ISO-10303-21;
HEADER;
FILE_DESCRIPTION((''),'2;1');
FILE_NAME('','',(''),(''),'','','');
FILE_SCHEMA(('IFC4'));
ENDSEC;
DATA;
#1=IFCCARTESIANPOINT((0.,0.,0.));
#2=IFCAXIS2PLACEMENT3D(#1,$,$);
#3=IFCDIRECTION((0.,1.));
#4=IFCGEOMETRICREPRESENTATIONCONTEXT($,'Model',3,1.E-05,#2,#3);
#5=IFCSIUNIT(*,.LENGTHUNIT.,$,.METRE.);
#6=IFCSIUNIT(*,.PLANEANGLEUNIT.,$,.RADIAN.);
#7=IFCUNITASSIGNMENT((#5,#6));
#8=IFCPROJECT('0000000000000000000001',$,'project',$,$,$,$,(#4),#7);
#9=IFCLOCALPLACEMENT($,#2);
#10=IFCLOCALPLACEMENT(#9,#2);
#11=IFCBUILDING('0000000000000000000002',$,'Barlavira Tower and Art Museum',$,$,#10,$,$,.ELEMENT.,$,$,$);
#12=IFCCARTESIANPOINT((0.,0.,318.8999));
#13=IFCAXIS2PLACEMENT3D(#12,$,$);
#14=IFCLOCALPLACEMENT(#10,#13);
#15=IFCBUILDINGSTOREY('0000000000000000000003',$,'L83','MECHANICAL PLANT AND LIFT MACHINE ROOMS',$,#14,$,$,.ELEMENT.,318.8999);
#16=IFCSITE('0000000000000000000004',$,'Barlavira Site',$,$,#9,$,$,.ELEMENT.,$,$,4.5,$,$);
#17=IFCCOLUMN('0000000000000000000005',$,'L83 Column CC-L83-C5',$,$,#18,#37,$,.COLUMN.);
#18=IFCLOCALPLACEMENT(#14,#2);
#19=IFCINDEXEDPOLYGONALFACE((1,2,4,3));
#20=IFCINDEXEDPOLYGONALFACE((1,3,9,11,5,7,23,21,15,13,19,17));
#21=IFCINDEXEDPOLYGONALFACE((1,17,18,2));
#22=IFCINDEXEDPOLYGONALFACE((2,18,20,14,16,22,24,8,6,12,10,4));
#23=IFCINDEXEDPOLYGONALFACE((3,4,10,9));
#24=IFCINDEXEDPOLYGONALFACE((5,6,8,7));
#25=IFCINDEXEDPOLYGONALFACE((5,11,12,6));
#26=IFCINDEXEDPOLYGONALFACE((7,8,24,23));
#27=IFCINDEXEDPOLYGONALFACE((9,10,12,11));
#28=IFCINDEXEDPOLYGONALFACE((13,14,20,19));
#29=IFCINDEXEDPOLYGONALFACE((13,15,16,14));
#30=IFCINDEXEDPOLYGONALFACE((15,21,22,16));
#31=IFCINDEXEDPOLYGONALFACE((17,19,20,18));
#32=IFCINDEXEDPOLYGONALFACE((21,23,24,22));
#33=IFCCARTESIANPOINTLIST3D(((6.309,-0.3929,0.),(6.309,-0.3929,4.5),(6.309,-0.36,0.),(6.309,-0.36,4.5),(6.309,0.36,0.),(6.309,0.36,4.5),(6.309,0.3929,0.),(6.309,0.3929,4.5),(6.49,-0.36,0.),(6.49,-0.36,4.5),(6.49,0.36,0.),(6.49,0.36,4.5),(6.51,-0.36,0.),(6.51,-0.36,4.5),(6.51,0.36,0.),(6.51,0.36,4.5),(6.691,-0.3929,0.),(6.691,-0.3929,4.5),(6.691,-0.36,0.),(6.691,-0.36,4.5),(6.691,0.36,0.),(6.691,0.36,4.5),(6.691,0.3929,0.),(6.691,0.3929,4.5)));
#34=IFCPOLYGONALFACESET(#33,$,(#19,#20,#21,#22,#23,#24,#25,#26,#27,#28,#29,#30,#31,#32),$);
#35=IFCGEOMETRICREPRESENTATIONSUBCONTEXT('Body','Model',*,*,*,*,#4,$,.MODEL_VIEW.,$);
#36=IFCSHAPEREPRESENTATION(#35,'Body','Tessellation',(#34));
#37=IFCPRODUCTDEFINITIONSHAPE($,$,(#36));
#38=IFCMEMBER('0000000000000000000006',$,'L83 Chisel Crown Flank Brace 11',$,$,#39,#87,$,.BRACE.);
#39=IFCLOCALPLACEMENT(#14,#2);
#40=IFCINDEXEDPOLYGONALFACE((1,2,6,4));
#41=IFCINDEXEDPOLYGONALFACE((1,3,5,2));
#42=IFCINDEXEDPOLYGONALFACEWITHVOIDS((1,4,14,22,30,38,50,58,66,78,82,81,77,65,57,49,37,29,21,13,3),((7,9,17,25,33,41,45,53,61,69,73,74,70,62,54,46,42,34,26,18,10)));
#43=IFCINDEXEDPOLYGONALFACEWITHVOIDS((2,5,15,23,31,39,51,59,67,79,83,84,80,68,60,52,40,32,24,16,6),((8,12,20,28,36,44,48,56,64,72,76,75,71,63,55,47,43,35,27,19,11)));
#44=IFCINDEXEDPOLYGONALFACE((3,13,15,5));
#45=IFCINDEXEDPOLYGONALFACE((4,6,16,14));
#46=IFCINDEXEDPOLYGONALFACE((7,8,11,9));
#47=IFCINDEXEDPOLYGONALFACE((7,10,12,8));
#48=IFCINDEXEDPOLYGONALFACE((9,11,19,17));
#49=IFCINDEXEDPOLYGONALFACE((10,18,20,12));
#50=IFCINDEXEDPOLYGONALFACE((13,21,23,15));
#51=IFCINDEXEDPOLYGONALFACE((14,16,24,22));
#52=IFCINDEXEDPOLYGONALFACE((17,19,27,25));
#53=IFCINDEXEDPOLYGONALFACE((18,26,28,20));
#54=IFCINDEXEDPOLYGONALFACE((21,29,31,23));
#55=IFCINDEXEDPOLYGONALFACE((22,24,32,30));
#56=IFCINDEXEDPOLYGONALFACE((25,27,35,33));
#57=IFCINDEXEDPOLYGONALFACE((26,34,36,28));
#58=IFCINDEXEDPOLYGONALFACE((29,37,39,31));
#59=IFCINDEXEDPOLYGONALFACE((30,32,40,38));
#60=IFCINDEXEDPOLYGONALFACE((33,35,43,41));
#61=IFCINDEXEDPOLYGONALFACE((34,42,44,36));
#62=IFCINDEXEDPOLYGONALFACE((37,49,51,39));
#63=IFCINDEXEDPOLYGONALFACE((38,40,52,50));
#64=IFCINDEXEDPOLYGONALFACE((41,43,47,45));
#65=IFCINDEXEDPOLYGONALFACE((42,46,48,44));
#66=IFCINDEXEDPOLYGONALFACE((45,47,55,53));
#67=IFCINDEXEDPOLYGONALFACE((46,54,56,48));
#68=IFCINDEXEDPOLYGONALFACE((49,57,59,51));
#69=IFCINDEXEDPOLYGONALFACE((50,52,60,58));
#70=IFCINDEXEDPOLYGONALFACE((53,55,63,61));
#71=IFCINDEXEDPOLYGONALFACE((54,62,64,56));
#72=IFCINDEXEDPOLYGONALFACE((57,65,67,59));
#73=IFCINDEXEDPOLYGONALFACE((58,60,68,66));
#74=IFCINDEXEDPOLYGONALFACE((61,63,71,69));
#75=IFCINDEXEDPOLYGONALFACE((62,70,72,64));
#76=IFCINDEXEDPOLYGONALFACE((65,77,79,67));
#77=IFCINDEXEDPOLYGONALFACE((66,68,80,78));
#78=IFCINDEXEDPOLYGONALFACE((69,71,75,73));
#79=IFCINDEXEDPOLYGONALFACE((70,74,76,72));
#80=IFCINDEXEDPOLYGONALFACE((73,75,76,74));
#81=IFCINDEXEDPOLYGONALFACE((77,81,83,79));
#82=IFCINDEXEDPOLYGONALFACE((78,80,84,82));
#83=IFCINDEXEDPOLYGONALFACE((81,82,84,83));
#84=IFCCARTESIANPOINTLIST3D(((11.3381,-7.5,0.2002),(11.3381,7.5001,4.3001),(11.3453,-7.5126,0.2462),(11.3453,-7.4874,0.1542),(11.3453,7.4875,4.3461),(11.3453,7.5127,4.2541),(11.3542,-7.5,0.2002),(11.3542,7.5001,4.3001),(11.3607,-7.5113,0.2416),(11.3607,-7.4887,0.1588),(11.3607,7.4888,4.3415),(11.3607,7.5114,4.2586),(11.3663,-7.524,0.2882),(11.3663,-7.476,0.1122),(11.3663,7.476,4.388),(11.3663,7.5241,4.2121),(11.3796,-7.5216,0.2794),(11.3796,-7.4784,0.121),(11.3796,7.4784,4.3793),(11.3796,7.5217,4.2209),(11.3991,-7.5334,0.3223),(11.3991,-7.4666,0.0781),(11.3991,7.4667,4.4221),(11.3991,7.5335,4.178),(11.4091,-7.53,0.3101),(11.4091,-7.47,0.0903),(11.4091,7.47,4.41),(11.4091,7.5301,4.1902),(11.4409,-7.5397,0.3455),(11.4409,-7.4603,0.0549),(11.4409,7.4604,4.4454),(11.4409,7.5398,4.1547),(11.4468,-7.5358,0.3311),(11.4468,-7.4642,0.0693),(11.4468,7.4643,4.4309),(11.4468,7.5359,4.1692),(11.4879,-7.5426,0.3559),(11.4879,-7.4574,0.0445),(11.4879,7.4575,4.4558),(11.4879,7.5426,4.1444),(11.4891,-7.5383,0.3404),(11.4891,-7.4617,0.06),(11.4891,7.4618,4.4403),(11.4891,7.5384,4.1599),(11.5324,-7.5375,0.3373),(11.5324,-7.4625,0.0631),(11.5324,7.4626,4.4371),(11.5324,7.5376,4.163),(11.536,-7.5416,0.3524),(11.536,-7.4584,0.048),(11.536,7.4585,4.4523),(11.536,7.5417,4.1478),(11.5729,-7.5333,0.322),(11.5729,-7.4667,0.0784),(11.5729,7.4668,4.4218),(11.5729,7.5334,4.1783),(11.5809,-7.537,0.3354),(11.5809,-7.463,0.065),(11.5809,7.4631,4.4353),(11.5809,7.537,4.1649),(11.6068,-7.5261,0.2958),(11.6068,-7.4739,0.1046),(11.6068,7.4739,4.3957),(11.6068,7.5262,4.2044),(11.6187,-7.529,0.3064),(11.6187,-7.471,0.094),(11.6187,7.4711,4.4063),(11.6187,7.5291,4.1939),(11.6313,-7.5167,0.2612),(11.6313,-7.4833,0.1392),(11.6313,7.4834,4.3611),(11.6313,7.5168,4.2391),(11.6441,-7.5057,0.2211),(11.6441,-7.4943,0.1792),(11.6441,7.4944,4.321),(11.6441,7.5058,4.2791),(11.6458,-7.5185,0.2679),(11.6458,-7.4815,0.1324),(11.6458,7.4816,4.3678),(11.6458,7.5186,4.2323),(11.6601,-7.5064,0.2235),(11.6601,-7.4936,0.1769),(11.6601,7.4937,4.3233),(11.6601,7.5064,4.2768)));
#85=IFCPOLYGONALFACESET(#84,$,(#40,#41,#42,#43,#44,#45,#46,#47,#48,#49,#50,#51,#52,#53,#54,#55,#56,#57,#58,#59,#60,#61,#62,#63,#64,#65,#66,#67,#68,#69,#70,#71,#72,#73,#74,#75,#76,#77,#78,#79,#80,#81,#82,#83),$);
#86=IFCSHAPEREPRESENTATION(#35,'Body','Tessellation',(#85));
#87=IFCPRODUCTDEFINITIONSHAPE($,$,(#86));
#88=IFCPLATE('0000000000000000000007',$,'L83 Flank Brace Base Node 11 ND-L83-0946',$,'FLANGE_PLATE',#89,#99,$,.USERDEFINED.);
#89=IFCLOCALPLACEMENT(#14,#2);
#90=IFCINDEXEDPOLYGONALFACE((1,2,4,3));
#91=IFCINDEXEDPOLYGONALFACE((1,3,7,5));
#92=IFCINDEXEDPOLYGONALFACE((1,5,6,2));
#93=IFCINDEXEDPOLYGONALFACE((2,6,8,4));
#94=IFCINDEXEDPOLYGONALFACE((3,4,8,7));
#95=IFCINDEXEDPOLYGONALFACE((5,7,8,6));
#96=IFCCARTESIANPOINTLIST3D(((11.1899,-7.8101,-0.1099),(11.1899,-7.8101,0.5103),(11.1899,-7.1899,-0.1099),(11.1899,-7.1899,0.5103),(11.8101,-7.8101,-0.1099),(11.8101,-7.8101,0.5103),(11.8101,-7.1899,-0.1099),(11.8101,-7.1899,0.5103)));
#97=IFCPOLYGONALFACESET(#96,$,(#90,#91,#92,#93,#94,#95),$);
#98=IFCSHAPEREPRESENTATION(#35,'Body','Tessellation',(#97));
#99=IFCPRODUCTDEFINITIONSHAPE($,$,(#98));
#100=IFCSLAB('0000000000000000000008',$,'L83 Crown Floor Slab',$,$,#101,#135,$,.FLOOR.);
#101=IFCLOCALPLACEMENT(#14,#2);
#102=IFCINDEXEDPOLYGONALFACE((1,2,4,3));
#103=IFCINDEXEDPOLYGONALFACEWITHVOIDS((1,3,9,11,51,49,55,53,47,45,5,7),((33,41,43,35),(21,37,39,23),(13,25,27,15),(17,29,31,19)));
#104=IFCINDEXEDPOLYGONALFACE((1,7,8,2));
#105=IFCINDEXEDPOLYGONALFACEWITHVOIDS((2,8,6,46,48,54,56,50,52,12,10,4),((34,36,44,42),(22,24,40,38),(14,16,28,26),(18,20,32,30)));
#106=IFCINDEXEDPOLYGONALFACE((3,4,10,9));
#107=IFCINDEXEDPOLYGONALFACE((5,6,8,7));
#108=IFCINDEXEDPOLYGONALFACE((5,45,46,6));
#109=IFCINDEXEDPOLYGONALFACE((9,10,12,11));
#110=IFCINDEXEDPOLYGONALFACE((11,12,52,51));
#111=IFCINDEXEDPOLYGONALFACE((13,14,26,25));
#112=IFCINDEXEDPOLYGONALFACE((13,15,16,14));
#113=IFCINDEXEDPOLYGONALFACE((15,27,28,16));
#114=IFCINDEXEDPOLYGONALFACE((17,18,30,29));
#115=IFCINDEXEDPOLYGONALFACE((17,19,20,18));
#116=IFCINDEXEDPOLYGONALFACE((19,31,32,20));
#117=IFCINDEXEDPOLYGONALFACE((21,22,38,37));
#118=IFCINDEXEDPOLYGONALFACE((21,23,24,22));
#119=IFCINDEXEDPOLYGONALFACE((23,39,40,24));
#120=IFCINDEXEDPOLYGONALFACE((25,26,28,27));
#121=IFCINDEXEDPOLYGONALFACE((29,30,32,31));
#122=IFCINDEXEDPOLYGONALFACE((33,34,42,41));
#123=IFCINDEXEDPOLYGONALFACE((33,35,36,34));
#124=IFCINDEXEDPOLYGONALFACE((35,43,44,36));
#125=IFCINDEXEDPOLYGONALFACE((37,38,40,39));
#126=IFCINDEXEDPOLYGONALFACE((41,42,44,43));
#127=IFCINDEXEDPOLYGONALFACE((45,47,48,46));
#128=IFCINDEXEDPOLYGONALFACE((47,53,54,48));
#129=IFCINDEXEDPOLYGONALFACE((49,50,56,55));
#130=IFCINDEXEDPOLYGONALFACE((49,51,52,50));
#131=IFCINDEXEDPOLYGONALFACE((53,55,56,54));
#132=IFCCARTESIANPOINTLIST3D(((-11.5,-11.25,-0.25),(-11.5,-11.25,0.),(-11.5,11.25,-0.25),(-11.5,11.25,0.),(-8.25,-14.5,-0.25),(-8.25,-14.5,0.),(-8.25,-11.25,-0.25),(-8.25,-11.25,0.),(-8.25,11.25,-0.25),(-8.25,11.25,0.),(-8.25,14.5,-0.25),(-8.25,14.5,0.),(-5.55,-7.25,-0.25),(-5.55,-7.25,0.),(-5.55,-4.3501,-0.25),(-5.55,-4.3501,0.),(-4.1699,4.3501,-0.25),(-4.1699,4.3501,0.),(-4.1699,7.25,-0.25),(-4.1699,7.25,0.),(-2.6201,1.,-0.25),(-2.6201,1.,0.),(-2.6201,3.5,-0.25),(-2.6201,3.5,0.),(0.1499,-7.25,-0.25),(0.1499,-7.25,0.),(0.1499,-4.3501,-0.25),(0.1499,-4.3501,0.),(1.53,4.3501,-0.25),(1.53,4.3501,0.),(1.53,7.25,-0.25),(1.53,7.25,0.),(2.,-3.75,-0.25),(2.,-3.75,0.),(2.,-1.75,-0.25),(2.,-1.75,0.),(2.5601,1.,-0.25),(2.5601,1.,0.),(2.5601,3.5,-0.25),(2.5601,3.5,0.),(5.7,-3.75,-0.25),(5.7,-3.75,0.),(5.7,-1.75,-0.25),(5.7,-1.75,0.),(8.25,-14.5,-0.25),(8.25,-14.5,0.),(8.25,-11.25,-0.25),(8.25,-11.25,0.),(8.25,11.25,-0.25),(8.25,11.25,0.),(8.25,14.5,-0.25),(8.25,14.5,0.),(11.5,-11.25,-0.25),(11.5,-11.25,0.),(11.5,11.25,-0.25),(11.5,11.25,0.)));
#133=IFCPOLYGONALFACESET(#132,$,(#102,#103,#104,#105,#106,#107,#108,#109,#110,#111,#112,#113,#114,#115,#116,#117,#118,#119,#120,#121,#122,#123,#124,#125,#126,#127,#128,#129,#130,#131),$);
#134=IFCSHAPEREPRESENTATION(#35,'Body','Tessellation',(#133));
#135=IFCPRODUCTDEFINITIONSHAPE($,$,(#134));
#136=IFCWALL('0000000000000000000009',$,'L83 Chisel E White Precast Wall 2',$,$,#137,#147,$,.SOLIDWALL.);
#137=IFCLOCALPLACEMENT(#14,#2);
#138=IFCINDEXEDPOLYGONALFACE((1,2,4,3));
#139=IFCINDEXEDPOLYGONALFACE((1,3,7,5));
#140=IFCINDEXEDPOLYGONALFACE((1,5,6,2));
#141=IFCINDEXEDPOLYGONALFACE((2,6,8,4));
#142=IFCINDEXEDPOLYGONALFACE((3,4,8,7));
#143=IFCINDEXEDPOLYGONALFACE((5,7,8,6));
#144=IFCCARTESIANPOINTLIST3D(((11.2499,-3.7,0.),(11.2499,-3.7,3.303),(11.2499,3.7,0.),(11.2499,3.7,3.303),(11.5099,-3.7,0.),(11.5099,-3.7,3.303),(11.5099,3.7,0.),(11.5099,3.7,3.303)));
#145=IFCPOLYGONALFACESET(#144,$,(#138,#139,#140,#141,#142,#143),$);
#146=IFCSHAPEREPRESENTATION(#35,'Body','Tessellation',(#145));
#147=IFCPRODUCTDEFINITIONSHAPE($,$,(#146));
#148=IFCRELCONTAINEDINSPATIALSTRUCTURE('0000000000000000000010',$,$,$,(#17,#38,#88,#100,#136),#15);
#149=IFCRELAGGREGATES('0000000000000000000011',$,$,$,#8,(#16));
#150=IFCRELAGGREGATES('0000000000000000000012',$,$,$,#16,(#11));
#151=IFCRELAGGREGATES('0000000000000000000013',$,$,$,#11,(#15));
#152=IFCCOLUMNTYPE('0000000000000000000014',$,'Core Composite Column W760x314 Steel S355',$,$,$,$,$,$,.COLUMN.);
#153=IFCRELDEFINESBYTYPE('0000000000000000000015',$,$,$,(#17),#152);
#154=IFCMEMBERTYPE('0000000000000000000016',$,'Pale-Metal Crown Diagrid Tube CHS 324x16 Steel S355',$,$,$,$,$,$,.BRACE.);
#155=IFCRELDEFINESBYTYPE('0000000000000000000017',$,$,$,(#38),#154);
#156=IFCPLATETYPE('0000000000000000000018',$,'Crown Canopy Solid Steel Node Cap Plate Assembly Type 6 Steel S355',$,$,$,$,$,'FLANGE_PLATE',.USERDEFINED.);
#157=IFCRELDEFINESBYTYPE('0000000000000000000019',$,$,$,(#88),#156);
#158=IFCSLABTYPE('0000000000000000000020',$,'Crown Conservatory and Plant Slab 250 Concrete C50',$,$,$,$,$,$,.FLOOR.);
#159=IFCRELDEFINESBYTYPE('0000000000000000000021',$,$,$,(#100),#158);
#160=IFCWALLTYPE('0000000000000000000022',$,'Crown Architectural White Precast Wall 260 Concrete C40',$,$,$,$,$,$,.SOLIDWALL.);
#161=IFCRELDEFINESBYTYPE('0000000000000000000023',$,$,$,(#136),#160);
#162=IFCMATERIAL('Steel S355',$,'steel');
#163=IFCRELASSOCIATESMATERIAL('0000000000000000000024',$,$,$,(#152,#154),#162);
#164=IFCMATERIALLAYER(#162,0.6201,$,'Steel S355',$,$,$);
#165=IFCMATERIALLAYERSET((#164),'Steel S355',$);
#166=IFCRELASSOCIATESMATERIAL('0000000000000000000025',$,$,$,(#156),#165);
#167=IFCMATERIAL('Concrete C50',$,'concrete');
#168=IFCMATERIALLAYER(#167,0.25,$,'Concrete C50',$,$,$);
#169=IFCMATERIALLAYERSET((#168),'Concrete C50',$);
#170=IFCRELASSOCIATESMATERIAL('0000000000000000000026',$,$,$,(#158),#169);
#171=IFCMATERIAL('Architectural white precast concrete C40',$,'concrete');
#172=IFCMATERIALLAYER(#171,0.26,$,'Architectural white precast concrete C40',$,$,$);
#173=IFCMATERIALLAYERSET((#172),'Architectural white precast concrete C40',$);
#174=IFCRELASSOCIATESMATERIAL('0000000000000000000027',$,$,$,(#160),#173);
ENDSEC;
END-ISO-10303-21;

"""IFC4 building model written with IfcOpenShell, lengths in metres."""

from ifc_helpers import new_model, si_unit, direction, frame, frame_2d, origin, origin_2d, place, context, subcontext, project, spatial, polyline, rectangle, hollow_circle, i_section, outline, extrude, material, layer, layer_set, material_profile, profile_set, type_object, element, save


model = new_model("IFC4")

# Units and contexts
model_context = context("Model", 3, precision=1e-05, world=origin(), true_north=direction((0.0, 1.0)))
body_context = subcontext(model_context, "Body", "Model", "MODEL_VIEW")
ifc_project = project(units=[si_unit("LENGTHUNIT", "METRE"), si_unit("PLANEANGLEUNIT", "RADIAN")], contexts=[model_context])

# Site, building, storey
site_placement = place(None, origin())
site = spatial("IfcSite", under=ifc_project, at=site_placement, Name="Barlavira Site", CompositionType="ELEMENT", RefElevation=4.5)
building_placement = place(site_placement, origin())
building = spatial("IfcBuilding", under=site, at=building_placement, Name="Barlavira Tower and Art Museum", CompositionType="ELEMENT")
storey_placement = place(building_placement, frame((0.0, 0.0, 318.8999)))
storey = spatial("IfcBuildingStorey", under=building, at=storey_placement, Name="L83", Description="MECHANICAL PLANT AND LIFT MACHINE ROOMS", CompositionType="ELEMENT", Elevation=318.8999)

# Column
ifc_material_1 = material(Name="Steel S355", Category="steel")
ifc_material_profile_1 = material_profile(ifc_material_1, i_section(OverallWidth=0.3821, OverallDepth=0.7859, WebThickness=0.02, FlangeThickness=0.033, at=origin_2d()), Name="W760x314.0")
ifc_profile_set_1 = profile_set([ifc_material_profile_1], Name="Steel S355")
column_type = type_object("IfcColumnType", Name="Core Composite Column W760x314 Steel S355", PredefinedType="COLUMN", material=ifc_profile_set_1)
column_placement = place(storey_placement, frame((6.5, 0.0, 0.0), z_axis=(0.0, 0.0, 1.0), x_axis=(1.0, 0.0, 0.0)))
element("IfcColumn", 1, at=column_placement, inside=storey, type_object=column_type, Name="L83 Column CC-L83-C5", PredefinedType="COLUMN", context=body_context, shape_type="SweptSolid", body=[
    extrude(i_section(OverallWidth=0.3821, OverallDepth=0.7859, WebThickness=0.02, FlangeThickness=0.033, at=origin_2d()), origin(), (0.0, 0.0, 1.0), 4.5),
])

# Member
ifc_material_profile_2 = material_profile(ifc_material_1, hollow_circle(Radius=0.1619, WallThickness=0.0161, at=origin_2d()), Name="CHS 323.9x16.0")
ifc_profile_set_2 = profile_set([ifc_material_profile_2], Name="Steel S355")
member_type = type_object("IfcMemberType", Name="Pale-Metal Crown Diagrid Tube CHS 324x16 Steel S355", PredefinedType="BRACE", material=ifc_profile_set_2)
member_placement = place(storey_placement, frame((11.5, -7.5, 0.2002), z_axis=(0.0, 0.964618, 0.263653), x_axis=(-1.0, 0.0, 0.0)))
element("IfcMember", 2, at=member_placement, inside=storey, type_object=member_type, Name="L83 Chisel Crown Flank Brace 11", PredefinedType="BRACE", context=body_context, shape_type="SweptSolid", body=[
    extrude(hollow_circle(Radius=0.1619, WallThickness=0.0161, at=origin_2d()), origin(), (0.0, 0.0, 1.0), 15.5503),
])

# Plate
ifc_layer_1 = layer(ifc_material_1, 0.6201, Name="Steel S355")
ifc_layer_set_1 = layer_set([ifc_layer_1], Name="Steel S355")
plate_type = type_object("IfcPlateType", Name="Crown Canopy Solid Steel Node Cap Plate Assembly Type 6 Steel S355", ElementType="FLANGE_PLATE", PredefinedType="USERDEFINED", material=ifc_layer_set_1)
plate_placement = place(storey_placement, frame((11.5, -7.5, -0.1099), z_axis=(0.0, 0.0, 1.0), x_axis=(1.0, 0.0, 0.0)))
element("IfcPlate", 3, at=plate_placement, inside=storey, type_object=plate_type, Name="L83 Flank Brace Base Node 11 ND-L83-0946", ObjectType="FLANGE_PLATE", PredefinedType="USERDEFINED", context=body_context, shape_type="SweptSolid", body=[
    extrude(rectangle(XDim=0.6201, YDim=0.6201, at=origin_2d()), origin(), (0.0, 0.0, 1.0), 0.6201),
])

# Slab
ifc_material_2 = material(Name="Concrete C50", Category="concrete")
ifc_layer_2 = layer(ifc_material_2, 0.25, Name="Concrete C50")
ifc_layer_set_2 = layer_set([ifc_layer_2], Name="Concrete C50")
slab_type = type_object("IfcSlabType", Name="Crown Conservatory and Plant Slab 250 Concrete C50", PredefinedType="FLOOR", material=ifc_layer_set_2)
slab_placement = place(storey_placement, frame((0.0, 0.0, -0.25)))
element("IfcSlab", 4, at=slab_placement, inside=storey, type_object=slab_type, Name="L83 Crown Floor Slab", PredefinedType="FLOOR", context=body_context, shape_type="SweptSolid", body=[
    extrude(outline(polyline([(-8.25, -14.5), (8.25, -14.5), (8.25, -11.25), (11.5, -11.25), (11.5, 11.25), (8.25, 11.25), (8.25, 14.5), (-8.25, 14.5), (-8.25, 11.25), (-11.5, 11.25), (-11.5, -11.25), (-8.25, -11.25), (-8.25, -14.5)]), holes=[polyline([(0.1499, -4.3501), (-5.55, -4.3501), (-5.55, -7.25), (0.1499, -7.25), (0.1499, -4.3501)]), polyline([(-4.1699, 4.3501), (1.53, 4.3501), (1.53, 7.25), (-4.1699, 7.25), (-4.1699, 4.3501)]), polyline([(-2.6201, 1.0), (2.5601, 1.0), (2.5601, 3.5), (-2.6201, 3.5), (-2.6201, 1.0)]), polyline([(2.0, -3.75), (5.7, -3.75), (5.7, -1.75), (2.0, -1.75), (2.0, -3.75)])]), origin(), (0.0, 0.0, 1.0), 0.25),
])

# Wall
ifc_material_3 = material(Name="Architectural white precast concrete C40", Category="concrete")
ifc_layer_3 = layer(ifc_material_3, 0.26, Name="Architectural white precast concrete C40")
ifc_layer_set_3 = layer_set([ifc_layer_3], Name="Architectural white precast concrete C40")
wall_type_1 = type_object("IfcWallType", Name="Crown Architectural White Precast Wall 260 Concrete C40", PredefinedType="SOLIDWALL", material=ifc_layer_set_3)
wall_1_placement = place(storey_placement, frame((11.3799, -3.7, 0.0), z_axis=(0.0, 0.0, 1.0), x_axis=(0.0, 1.0, 0.0)))
element("IfcWall", 5, at=wall_1_placement, inside=storey, type_object=wall_type_1, Name="L83 Chisel E White Precast Wall 2", PredefinedType="SOLIDWALL", context=body_context, shape_type="SweptSolid", body=[
    extrude(rectangle(XDim=7.3999, YDim=0.26, at=frame_2d((3.7, 0.0))), origin(), (0.0, 0.0, 1.0), 3.303),
])

save(model, "model.ifc")
